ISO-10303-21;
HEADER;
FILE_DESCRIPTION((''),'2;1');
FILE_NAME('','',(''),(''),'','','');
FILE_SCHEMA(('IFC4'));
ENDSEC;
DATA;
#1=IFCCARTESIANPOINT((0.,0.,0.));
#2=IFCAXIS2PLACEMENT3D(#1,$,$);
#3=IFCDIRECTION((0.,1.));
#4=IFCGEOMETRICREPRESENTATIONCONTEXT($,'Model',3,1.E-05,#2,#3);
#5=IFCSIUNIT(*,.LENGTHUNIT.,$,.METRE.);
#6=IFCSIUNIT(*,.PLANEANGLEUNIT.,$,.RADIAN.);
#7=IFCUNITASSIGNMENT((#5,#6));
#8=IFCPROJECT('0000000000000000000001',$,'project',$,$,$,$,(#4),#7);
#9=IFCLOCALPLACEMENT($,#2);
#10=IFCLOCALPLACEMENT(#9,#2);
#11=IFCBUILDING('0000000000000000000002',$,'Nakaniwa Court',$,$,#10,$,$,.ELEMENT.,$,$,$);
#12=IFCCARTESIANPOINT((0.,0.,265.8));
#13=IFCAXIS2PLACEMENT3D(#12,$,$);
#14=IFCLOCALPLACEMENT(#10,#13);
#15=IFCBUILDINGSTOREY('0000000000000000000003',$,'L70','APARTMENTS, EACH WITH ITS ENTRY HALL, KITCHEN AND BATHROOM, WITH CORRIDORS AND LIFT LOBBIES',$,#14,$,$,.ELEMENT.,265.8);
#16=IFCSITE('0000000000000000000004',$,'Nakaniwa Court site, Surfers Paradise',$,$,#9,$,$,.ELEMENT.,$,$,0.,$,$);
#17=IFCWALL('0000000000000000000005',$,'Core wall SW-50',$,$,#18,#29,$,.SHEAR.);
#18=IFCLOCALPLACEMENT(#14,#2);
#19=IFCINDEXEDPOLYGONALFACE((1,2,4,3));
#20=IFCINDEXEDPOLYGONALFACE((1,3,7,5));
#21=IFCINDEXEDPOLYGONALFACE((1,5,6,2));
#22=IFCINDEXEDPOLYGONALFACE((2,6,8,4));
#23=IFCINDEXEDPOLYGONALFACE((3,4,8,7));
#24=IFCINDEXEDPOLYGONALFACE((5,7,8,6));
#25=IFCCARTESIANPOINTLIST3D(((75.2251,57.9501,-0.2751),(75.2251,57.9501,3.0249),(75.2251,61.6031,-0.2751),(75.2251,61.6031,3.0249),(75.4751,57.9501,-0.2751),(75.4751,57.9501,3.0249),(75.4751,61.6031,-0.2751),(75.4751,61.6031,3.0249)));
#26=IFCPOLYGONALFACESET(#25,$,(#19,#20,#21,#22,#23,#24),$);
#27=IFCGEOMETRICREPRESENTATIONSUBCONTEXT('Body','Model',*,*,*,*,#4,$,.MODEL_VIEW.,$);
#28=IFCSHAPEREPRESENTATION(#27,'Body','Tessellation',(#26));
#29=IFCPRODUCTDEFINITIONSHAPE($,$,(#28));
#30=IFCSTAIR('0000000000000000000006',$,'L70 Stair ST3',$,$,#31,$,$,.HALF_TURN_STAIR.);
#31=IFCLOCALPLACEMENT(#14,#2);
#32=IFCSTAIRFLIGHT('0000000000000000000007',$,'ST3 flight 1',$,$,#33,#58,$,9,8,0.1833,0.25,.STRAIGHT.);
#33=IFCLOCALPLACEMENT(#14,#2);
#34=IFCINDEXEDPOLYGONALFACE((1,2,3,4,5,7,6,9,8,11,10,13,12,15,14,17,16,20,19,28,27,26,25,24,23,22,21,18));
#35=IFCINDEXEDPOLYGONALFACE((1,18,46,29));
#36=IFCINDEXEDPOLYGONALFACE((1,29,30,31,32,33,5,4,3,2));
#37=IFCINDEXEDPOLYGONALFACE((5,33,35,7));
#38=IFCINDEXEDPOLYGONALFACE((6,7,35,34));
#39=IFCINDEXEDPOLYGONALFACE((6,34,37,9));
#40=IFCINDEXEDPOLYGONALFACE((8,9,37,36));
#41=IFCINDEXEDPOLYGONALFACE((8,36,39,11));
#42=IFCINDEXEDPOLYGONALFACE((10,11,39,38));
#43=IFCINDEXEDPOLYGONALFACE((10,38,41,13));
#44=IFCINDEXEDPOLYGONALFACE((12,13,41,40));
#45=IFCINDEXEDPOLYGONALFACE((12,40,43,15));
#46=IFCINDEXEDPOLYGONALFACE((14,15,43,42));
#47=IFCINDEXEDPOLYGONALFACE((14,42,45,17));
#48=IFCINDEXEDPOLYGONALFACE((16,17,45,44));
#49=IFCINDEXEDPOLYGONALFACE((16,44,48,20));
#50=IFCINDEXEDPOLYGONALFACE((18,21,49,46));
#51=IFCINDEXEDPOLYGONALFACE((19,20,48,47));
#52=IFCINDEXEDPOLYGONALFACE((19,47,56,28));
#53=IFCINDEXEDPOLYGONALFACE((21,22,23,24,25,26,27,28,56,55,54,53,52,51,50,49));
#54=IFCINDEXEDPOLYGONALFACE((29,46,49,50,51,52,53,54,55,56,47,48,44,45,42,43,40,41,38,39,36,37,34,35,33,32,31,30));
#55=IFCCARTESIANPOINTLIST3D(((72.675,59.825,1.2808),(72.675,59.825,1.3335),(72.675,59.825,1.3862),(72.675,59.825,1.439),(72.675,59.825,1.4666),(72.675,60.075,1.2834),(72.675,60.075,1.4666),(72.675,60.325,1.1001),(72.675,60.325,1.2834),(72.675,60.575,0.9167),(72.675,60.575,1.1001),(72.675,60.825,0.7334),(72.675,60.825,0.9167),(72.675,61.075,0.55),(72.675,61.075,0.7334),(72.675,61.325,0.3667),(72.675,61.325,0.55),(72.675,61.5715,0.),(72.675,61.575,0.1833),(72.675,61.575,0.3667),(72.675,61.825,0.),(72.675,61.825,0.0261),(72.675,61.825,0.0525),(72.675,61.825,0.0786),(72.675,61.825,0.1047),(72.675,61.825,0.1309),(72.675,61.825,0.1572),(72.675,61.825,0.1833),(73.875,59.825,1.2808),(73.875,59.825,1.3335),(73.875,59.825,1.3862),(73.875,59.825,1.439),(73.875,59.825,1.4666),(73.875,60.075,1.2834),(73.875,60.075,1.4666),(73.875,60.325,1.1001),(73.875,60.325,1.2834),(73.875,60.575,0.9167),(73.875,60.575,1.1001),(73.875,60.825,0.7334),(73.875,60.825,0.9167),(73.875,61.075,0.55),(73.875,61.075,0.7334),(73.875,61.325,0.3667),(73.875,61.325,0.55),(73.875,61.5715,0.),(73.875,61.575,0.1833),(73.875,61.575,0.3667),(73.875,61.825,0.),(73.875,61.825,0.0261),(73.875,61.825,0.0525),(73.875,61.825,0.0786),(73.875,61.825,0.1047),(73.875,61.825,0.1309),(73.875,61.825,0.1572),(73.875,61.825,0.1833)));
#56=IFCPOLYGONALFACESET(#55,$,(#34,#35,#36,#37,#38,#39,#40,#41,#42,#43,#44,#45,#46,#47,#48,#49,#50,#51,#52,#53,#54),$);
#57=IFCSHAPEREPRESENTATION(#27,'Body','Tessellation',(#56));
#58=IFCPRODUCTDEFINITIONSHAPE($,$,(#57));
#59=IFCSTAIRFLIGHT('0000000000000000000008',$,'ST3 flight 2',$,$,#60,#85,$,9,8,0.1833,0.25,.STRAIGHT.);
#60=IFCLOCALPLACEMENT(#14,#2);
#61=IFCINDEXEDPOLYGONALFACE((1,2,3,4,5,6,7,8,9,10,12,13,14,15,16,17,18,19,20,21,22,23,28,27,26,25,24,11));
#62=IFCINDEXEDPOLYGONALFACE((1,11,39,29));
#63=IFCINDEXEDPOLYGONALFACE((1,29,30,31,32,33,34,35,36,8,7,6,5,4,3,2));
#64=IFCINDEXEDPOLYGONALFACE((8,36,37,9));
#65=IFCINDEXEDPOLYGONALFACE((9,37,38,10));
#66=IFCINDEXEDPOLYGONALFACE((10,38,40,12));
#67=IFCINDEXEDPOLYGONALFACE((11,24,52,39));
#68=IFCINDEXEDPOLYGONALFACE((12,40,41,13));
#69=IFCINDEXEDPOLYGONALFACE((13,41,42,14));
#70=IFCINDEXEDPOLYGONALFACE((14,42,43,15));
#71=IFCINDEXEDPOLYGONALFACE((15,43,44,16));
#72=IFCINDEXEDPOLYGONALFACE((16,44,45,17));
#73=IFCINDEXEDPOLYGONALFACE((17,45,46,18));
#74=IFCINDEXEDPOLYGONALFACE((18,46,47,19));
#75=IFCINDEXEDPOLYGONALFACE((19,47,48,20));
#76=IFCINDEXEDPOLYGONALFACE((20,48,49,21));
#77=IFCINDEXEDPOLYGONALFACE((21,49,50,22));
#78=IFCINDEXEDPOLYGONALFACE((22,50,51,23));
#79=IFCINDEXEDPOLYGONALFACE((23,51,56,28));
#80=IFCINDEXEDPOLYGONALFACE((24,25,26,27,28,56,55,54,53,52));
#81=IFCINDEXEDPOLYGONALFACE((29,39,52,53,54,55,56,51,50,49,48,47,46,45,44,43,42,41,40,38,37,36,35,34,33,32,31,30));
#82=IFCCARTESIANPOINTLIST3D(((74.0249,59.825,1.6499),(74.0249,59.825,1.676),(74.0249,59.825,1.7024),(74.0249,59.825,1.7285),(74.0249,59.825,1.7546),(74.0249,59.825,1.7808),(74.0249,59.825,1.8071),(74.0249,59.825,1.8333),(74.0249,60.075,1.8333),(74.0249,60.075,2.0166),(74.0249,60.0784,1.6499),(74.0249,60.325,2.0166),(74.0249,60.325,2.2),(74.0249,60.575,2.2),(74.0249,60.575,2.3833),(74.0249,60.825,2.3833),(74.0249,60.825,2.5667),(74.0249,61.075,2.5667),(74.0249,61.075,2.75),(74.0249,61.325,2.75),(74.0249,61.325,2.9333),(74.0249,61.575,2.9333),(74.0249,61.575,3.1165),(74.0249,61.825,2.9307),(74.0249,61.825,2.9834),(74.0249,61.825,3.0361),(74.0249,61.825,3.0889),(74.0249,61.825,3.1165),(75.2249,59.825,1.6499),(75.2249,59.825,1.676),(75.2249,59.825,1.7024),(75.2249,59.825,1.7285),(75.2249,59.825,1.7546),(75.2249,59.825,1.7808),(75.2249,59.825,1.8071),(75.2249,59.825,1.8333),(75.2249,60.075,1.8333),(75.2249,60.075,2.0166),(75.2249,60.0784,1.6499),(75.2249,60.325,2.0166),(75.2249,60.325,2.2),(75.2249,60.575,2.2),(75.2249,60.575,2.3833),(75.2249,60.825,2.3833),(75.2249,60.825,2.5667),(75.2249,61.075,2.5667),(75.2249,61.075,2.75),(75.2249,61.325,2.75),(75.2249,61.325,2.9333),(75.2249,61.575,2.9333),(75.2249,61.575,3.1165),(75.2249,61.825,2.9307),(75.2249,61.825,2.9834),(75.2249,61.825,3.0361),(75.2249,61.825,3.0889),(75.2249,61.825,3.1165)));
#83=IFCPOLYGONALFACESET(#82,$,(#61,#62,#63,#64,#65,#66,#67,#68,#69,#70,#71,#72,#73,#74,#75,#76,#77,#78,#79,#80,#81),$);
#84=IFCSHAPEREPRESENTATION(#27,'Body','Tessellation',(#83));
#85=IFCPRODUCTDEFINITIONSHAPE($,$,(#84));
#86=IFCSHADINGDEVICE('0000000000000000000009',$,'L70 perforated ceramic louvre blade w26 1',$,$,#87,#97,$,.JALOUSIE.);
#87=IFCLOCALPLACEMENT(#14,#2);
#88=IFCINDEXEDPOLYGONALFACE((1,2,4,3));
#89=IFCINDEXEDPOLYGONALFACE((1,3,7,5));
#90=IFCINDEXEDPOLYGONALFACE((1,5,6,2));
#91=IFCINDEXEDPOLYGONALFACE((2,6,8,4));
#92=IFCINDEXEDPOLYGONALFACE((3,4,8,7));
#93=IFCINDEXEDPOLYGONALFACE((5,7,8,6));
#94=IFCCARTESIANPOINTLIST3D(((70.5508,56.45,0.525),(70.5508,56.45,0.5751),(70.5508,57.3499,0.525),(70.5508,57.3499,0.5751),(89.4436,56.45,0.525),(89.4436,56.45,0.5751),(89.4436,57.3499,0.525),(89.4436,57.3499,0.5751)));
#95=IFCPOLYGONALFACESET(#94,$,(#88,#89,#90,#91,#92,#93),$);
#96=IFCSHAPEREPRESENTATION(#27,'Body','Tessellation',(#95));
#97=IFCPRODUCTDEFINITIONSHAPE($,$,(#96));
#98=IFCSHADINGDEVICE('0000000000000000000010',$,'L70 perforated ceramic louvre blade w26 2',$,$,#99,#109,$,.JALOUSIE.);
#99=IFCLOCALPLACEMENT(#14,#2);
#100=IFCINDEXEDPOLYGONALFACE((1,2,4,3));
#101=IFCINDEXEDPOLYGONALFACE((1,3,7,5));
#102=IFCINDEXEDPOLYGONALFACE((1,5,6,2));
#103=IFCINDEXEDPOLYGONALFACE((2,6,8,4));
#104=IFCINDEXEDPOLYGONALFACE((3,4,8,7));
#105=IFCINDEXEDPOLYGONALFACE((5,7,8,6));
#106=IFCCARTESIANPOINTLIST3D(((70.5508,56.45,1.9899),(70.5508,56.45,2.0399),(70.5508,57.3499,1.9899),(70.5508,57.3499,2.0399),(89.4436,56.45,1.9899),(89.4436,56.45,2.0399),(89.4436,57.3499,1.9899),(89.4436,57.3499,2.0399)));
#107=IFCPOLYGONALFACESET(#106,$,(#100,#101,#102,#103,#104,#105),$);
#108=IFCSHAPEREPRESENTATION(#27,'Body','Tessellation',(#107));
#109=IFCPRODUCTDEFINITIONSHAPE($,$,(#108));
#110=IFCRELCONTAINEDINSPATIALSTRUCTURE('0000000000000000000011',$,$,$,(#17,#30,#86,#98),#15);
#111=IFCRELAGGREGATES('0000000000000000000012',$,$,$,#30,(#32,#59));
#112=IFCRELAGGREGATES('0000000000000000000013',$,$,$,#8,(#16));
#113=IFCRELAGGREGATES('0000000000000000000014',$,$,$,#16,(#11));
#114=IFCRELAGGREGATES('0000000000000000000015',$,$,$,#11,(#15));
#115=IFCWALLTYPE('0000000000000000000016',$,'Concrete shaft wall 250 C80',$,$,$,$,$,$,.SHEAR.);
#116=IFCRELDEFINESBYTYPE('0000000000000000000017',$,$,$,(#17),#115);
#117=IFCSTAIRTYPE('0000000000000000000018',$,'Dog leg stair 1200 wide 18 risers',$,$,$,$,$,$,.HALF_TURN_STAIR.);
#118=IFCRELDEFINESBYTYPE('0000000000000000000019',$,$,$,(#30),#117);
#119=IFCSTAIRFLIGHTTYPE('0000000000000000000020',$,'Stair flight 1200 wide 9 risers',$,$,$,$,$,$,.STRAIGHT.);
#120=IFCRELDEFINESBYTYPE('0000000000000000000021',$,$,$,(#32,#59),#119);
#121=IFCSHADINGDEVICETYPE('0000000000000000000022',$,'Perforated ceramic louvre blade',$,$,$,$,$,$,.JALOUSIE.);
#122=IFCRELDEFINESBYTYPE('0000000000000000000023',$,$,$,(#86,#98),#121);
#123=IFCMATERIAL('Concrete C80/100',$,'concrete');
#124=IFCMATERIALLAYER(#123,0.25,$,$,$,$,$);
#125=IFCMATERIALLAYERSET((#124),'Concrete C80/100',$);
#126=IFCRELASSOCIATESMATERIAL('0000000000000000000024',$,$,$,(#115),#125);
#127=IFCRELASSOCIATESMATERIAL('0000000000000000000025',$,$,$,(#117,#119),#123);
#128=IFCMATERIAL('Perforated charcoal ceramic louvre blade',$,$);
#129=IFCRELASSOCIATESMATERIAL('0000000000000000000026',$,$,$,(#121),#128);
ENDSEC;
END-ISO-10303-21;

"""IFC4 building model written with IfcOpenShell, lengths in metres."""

from ifc_helpers import new_model, si_unit, direction, frame, frame_2d, origin, origin_2d, place, context, subcontext, project, spatial, polyline, rectangle, outline, extrude, material, layer, layer_set, material_profile, profile_set, type_object, element, aggregate, save


model = new_model("IFC4")

# Units and contexts
model_context = context("Model", 3, precision=1e-05, world=origin(), true_north=direction((0.0, 1.0)))
body_context = subcontext(model_context, "Body", "Model", "MODEL_VIEW")
ifc_project = project(units=[si_unit("LENGTHUNIT", "METRE"), si_unit("PLANEANGLEUNIT", "RADIAN")], contexts=[model_context])

# Site, building, storey
site_placement = place(None, origin())
site = spatial("IfcSite", under=ifc_project, at=site_placement, Name="Nakaniwa Court site, Surfers Paradise", CompositionType="ELEMENT", RefElevation=0.0)
building_placement = place(site_placement, origin())
building = spatial("IfcBuilding", under=site, at=building_placement, Name="Nakaniwa Court", CompositionType="ELEMENT")
storey_placement = place(building_placement, frame((0.0, 0.0, 265.8)))
storey = spatial("IfcBuildingStorey", under=building, at=storey_placement, Name="L70", Description="APARTMENTS, EACH WITH ITS ENTRY HALL, KITCHEN AND BATHROOM, WITH CORRIDORS AND LIFT LOBBIES", CompositionType="ELEMENT", Elevation=265.8)

# Shared definitions
ifc_material_1 = material(Name="Concrete C80/100", Category="concrete")

# Wall
ifc_layer_1 = layer(ifc_material_1, 0.25)
ifc_layer_set_1 = layer_set([ifc_layer_1], Name="Concrete C80/100")
wall_type_1 = type_object("IfcWallType", Name="Concrete shaft wall 250 C80", PredefinedType="SHEAR", material=ifc_layer_set_1)
wall_1_placement = place(storey_placement, frame((75.3501, 57.95, -0.2751), z_axis=(0.0, 0.0, 1.0), x_axis=(0.0, 1.0, 0.0)))
element("IfcWall", 1, at=wall_1_placement, inside=storey, type_object=wall_type_1, Name="Core wall SW-50", PredefinedType="SHEAR", context=body_context, shape_type="SweptSolid", body=[
    extrude(rectangle(XDim=3.6531, YDim=0.25, at=frame_2d((1.8267, 0.0))), origin(), (0.0, 0.0, 1.0), 3.3),
])

# Stair, stair flights
stair_type = type_object("IfcStairType", Name="Dog leg stair 1200 wide 18 risers", PredefinedType="HALF_TURN_STAIR", material=ifc_material_1)
stair_placement = place(storey_placement, origin())
stair = element("IfcStair", 2, at=stair_placement, inside=storey, type_object=stair_type, Name="L70 Stair ST3", PredefinedType="HALF_TURN_STAIR")
stair_flight_type = type_object("IfcStairFlightType", Name="Stair flight 1200 wide 9 risers", PredefinedType="STRAIGHT", material=ifc_material_1)
stair_flight_1_placement = place(storey_placement, frame((73.2749, 61.825, 0.0), z_axis=(0.0, 0.0, 1.0), x_axis=(0.0, -1.0, 0.0)))
stair_flight_1 = element("IfcStairFlight", 3, at=stair_flight_1_placement, type_object=stair_flight_type, Name="ST3 flight 1", NumberOfRisers=9, NumberOfTreads=8, PredefinedType="STRAIGHT", RiserHeight=0.1833, TreadLength=0.25, context=body_context, shape_type="SweptSolid", body=[
    extrude(outline(polyline([(0.0, 0.0), (0.0, 0.0261), (0.0, 0.0525), (0.0, 0.0786), (0.0, 0.1047), (0.0, 0.1309), (0.0, 0.1572), (0.0, 0.1833), (0.25, 0.1833), (0.25, 0.3667), (0.5, 0.3667), (0.5, 0.55), (0.75, 0.55), (0.75, 0.7334), (1.0, 0.7334), (1.0, 0.9167), (1.25, 0.9167), (1.25, 1.1001), (1.5, 1.1001), (1.5, 1.2834), (1.75, 1.2834), (1.75, 1.4666), (2.0, 1.4666), (2.0, 1.6499), (2.0, 1.5972), (2.0, 1.5444), (2.0, 1.4917), (2.0, 1.439), (2.0, 1.3862), (2.0, 1.3335), (2.0, 1.2808), (0.2534, 0.0), (0.0, 0.0)])), frame((0.0, 0.6001, 0.0), z_axis=(0.0, -1.0, 0.0), x_axis=(1.0, 0.0, 0.0)), (0.0, 0.0, 1.0), 1.2),
])
stair_flight_2_placement = place(storey_placement, frame((74.625, 59.825, 1.6499), z_axis=(0.0, 0.0, 1.0), x_axis=(0.0, 1.0, 0.0)))
stair_flight_2 = element("IfcStairFlight", 4, at=stair_flight_2_placement, type_object=stair_flight_type, Name="ST3 flight 2", NumberOfRisers=9, NumberOfTreads=8, PredefinedType="STRAIGHT", RiserHeight=0.1833, TreadLength=0.25, context=body_context, shape_type="SweptSolid", body=[
    extrude(outline(polyline([(0.0, 0.0), (0.0, 0.0261), (0.0, 0.0525), (0.0, 0.0786), (0.0, 0.1047), (0.0, 0.1309), (0.0, 0.1572), (0.0, 0.1833), (0.25, 0.1833), (0.25, 0.3667), (0.5, 0.3667), (0.5, 0.55), (0.75, 0.55), (0.75, 0.7334), (1.0, 0.7334), (1.0, 0.9167), (1.25, 0.9167), (1.25, 1.1001), (1.5, 1.1001), (1.5, 1.2834), (1.75, 1.2834), (1.75, 1.4666), (2.0, 1.4666), (2.0, 1.6499), (2.0, 1.5972), (2.0, 1.5444), (2.0, 1.4917), (2.0, 1.439), (2.0, 1.3862), (2.0, 1.3335), (2.0, 1.2808), (0.2534, 0.0), (0.0, 0.0)])), frame((0.0, 0.6001, 0.0), z_axis=(0.0, -1.0, 0.0), x_axis=(1.0, 0.0, 0.0)), (0.0, 0.0, 1.0), 1.2),
])
aggregate(stair, [stair_flight_1, stair_flight_2])

# Shading devices
ifc_material_2 = material(Name="Perforated charcoal ceramic louvre blade")
ifc_material_profile = material_profile(ifc_material_2, rectangle(XDim=0.8999, YDim=0.05, at=origin_2d()), Name="Perforated ceramic louvre blade")
ifc_profile_set = profile_set([ifc_material_profile], Name="Perforated charcoal ceramic louvre blade")
shading_device_type = type_object("IfcShadingDeviceType", Name="Perforated ceramic louvre blade", PredefinedType="JALOUSIE", material=ifc_profile_set)
for number, where, z_axis, x_axis, name in (
    (5, (70.5508, 56.8999, 0.55), (1.0, 0.0, 0.0), (0.0, 1.0, 0.0), "L70 perforated ceramic louvre blade w26 1"),
    (6, (70.5508, 56.8999, 2.0149), (1.0, 0.0, 0.0), (0.0, 1.0, 0.0), "L70 perforated ceramic louvre blade w26 2"),
):
    element("IfcShadingDevice", number, at=place(storey_placement, frame(where, z_axis=z_axis, x_axis=x_axis)), inside=storey, type_object=shading_device_type, Name=name, PredefinedType="JALOUSIE", context=body_context, shape_type="SweptSolid", body=[
        extrude(rectangle(XDim=0.8999, YDim=0.05, at=origin_2d()), origin(), (0.0, 0.0, 1.0), 18.8928),
    ])

save(model, "model.ifc")
